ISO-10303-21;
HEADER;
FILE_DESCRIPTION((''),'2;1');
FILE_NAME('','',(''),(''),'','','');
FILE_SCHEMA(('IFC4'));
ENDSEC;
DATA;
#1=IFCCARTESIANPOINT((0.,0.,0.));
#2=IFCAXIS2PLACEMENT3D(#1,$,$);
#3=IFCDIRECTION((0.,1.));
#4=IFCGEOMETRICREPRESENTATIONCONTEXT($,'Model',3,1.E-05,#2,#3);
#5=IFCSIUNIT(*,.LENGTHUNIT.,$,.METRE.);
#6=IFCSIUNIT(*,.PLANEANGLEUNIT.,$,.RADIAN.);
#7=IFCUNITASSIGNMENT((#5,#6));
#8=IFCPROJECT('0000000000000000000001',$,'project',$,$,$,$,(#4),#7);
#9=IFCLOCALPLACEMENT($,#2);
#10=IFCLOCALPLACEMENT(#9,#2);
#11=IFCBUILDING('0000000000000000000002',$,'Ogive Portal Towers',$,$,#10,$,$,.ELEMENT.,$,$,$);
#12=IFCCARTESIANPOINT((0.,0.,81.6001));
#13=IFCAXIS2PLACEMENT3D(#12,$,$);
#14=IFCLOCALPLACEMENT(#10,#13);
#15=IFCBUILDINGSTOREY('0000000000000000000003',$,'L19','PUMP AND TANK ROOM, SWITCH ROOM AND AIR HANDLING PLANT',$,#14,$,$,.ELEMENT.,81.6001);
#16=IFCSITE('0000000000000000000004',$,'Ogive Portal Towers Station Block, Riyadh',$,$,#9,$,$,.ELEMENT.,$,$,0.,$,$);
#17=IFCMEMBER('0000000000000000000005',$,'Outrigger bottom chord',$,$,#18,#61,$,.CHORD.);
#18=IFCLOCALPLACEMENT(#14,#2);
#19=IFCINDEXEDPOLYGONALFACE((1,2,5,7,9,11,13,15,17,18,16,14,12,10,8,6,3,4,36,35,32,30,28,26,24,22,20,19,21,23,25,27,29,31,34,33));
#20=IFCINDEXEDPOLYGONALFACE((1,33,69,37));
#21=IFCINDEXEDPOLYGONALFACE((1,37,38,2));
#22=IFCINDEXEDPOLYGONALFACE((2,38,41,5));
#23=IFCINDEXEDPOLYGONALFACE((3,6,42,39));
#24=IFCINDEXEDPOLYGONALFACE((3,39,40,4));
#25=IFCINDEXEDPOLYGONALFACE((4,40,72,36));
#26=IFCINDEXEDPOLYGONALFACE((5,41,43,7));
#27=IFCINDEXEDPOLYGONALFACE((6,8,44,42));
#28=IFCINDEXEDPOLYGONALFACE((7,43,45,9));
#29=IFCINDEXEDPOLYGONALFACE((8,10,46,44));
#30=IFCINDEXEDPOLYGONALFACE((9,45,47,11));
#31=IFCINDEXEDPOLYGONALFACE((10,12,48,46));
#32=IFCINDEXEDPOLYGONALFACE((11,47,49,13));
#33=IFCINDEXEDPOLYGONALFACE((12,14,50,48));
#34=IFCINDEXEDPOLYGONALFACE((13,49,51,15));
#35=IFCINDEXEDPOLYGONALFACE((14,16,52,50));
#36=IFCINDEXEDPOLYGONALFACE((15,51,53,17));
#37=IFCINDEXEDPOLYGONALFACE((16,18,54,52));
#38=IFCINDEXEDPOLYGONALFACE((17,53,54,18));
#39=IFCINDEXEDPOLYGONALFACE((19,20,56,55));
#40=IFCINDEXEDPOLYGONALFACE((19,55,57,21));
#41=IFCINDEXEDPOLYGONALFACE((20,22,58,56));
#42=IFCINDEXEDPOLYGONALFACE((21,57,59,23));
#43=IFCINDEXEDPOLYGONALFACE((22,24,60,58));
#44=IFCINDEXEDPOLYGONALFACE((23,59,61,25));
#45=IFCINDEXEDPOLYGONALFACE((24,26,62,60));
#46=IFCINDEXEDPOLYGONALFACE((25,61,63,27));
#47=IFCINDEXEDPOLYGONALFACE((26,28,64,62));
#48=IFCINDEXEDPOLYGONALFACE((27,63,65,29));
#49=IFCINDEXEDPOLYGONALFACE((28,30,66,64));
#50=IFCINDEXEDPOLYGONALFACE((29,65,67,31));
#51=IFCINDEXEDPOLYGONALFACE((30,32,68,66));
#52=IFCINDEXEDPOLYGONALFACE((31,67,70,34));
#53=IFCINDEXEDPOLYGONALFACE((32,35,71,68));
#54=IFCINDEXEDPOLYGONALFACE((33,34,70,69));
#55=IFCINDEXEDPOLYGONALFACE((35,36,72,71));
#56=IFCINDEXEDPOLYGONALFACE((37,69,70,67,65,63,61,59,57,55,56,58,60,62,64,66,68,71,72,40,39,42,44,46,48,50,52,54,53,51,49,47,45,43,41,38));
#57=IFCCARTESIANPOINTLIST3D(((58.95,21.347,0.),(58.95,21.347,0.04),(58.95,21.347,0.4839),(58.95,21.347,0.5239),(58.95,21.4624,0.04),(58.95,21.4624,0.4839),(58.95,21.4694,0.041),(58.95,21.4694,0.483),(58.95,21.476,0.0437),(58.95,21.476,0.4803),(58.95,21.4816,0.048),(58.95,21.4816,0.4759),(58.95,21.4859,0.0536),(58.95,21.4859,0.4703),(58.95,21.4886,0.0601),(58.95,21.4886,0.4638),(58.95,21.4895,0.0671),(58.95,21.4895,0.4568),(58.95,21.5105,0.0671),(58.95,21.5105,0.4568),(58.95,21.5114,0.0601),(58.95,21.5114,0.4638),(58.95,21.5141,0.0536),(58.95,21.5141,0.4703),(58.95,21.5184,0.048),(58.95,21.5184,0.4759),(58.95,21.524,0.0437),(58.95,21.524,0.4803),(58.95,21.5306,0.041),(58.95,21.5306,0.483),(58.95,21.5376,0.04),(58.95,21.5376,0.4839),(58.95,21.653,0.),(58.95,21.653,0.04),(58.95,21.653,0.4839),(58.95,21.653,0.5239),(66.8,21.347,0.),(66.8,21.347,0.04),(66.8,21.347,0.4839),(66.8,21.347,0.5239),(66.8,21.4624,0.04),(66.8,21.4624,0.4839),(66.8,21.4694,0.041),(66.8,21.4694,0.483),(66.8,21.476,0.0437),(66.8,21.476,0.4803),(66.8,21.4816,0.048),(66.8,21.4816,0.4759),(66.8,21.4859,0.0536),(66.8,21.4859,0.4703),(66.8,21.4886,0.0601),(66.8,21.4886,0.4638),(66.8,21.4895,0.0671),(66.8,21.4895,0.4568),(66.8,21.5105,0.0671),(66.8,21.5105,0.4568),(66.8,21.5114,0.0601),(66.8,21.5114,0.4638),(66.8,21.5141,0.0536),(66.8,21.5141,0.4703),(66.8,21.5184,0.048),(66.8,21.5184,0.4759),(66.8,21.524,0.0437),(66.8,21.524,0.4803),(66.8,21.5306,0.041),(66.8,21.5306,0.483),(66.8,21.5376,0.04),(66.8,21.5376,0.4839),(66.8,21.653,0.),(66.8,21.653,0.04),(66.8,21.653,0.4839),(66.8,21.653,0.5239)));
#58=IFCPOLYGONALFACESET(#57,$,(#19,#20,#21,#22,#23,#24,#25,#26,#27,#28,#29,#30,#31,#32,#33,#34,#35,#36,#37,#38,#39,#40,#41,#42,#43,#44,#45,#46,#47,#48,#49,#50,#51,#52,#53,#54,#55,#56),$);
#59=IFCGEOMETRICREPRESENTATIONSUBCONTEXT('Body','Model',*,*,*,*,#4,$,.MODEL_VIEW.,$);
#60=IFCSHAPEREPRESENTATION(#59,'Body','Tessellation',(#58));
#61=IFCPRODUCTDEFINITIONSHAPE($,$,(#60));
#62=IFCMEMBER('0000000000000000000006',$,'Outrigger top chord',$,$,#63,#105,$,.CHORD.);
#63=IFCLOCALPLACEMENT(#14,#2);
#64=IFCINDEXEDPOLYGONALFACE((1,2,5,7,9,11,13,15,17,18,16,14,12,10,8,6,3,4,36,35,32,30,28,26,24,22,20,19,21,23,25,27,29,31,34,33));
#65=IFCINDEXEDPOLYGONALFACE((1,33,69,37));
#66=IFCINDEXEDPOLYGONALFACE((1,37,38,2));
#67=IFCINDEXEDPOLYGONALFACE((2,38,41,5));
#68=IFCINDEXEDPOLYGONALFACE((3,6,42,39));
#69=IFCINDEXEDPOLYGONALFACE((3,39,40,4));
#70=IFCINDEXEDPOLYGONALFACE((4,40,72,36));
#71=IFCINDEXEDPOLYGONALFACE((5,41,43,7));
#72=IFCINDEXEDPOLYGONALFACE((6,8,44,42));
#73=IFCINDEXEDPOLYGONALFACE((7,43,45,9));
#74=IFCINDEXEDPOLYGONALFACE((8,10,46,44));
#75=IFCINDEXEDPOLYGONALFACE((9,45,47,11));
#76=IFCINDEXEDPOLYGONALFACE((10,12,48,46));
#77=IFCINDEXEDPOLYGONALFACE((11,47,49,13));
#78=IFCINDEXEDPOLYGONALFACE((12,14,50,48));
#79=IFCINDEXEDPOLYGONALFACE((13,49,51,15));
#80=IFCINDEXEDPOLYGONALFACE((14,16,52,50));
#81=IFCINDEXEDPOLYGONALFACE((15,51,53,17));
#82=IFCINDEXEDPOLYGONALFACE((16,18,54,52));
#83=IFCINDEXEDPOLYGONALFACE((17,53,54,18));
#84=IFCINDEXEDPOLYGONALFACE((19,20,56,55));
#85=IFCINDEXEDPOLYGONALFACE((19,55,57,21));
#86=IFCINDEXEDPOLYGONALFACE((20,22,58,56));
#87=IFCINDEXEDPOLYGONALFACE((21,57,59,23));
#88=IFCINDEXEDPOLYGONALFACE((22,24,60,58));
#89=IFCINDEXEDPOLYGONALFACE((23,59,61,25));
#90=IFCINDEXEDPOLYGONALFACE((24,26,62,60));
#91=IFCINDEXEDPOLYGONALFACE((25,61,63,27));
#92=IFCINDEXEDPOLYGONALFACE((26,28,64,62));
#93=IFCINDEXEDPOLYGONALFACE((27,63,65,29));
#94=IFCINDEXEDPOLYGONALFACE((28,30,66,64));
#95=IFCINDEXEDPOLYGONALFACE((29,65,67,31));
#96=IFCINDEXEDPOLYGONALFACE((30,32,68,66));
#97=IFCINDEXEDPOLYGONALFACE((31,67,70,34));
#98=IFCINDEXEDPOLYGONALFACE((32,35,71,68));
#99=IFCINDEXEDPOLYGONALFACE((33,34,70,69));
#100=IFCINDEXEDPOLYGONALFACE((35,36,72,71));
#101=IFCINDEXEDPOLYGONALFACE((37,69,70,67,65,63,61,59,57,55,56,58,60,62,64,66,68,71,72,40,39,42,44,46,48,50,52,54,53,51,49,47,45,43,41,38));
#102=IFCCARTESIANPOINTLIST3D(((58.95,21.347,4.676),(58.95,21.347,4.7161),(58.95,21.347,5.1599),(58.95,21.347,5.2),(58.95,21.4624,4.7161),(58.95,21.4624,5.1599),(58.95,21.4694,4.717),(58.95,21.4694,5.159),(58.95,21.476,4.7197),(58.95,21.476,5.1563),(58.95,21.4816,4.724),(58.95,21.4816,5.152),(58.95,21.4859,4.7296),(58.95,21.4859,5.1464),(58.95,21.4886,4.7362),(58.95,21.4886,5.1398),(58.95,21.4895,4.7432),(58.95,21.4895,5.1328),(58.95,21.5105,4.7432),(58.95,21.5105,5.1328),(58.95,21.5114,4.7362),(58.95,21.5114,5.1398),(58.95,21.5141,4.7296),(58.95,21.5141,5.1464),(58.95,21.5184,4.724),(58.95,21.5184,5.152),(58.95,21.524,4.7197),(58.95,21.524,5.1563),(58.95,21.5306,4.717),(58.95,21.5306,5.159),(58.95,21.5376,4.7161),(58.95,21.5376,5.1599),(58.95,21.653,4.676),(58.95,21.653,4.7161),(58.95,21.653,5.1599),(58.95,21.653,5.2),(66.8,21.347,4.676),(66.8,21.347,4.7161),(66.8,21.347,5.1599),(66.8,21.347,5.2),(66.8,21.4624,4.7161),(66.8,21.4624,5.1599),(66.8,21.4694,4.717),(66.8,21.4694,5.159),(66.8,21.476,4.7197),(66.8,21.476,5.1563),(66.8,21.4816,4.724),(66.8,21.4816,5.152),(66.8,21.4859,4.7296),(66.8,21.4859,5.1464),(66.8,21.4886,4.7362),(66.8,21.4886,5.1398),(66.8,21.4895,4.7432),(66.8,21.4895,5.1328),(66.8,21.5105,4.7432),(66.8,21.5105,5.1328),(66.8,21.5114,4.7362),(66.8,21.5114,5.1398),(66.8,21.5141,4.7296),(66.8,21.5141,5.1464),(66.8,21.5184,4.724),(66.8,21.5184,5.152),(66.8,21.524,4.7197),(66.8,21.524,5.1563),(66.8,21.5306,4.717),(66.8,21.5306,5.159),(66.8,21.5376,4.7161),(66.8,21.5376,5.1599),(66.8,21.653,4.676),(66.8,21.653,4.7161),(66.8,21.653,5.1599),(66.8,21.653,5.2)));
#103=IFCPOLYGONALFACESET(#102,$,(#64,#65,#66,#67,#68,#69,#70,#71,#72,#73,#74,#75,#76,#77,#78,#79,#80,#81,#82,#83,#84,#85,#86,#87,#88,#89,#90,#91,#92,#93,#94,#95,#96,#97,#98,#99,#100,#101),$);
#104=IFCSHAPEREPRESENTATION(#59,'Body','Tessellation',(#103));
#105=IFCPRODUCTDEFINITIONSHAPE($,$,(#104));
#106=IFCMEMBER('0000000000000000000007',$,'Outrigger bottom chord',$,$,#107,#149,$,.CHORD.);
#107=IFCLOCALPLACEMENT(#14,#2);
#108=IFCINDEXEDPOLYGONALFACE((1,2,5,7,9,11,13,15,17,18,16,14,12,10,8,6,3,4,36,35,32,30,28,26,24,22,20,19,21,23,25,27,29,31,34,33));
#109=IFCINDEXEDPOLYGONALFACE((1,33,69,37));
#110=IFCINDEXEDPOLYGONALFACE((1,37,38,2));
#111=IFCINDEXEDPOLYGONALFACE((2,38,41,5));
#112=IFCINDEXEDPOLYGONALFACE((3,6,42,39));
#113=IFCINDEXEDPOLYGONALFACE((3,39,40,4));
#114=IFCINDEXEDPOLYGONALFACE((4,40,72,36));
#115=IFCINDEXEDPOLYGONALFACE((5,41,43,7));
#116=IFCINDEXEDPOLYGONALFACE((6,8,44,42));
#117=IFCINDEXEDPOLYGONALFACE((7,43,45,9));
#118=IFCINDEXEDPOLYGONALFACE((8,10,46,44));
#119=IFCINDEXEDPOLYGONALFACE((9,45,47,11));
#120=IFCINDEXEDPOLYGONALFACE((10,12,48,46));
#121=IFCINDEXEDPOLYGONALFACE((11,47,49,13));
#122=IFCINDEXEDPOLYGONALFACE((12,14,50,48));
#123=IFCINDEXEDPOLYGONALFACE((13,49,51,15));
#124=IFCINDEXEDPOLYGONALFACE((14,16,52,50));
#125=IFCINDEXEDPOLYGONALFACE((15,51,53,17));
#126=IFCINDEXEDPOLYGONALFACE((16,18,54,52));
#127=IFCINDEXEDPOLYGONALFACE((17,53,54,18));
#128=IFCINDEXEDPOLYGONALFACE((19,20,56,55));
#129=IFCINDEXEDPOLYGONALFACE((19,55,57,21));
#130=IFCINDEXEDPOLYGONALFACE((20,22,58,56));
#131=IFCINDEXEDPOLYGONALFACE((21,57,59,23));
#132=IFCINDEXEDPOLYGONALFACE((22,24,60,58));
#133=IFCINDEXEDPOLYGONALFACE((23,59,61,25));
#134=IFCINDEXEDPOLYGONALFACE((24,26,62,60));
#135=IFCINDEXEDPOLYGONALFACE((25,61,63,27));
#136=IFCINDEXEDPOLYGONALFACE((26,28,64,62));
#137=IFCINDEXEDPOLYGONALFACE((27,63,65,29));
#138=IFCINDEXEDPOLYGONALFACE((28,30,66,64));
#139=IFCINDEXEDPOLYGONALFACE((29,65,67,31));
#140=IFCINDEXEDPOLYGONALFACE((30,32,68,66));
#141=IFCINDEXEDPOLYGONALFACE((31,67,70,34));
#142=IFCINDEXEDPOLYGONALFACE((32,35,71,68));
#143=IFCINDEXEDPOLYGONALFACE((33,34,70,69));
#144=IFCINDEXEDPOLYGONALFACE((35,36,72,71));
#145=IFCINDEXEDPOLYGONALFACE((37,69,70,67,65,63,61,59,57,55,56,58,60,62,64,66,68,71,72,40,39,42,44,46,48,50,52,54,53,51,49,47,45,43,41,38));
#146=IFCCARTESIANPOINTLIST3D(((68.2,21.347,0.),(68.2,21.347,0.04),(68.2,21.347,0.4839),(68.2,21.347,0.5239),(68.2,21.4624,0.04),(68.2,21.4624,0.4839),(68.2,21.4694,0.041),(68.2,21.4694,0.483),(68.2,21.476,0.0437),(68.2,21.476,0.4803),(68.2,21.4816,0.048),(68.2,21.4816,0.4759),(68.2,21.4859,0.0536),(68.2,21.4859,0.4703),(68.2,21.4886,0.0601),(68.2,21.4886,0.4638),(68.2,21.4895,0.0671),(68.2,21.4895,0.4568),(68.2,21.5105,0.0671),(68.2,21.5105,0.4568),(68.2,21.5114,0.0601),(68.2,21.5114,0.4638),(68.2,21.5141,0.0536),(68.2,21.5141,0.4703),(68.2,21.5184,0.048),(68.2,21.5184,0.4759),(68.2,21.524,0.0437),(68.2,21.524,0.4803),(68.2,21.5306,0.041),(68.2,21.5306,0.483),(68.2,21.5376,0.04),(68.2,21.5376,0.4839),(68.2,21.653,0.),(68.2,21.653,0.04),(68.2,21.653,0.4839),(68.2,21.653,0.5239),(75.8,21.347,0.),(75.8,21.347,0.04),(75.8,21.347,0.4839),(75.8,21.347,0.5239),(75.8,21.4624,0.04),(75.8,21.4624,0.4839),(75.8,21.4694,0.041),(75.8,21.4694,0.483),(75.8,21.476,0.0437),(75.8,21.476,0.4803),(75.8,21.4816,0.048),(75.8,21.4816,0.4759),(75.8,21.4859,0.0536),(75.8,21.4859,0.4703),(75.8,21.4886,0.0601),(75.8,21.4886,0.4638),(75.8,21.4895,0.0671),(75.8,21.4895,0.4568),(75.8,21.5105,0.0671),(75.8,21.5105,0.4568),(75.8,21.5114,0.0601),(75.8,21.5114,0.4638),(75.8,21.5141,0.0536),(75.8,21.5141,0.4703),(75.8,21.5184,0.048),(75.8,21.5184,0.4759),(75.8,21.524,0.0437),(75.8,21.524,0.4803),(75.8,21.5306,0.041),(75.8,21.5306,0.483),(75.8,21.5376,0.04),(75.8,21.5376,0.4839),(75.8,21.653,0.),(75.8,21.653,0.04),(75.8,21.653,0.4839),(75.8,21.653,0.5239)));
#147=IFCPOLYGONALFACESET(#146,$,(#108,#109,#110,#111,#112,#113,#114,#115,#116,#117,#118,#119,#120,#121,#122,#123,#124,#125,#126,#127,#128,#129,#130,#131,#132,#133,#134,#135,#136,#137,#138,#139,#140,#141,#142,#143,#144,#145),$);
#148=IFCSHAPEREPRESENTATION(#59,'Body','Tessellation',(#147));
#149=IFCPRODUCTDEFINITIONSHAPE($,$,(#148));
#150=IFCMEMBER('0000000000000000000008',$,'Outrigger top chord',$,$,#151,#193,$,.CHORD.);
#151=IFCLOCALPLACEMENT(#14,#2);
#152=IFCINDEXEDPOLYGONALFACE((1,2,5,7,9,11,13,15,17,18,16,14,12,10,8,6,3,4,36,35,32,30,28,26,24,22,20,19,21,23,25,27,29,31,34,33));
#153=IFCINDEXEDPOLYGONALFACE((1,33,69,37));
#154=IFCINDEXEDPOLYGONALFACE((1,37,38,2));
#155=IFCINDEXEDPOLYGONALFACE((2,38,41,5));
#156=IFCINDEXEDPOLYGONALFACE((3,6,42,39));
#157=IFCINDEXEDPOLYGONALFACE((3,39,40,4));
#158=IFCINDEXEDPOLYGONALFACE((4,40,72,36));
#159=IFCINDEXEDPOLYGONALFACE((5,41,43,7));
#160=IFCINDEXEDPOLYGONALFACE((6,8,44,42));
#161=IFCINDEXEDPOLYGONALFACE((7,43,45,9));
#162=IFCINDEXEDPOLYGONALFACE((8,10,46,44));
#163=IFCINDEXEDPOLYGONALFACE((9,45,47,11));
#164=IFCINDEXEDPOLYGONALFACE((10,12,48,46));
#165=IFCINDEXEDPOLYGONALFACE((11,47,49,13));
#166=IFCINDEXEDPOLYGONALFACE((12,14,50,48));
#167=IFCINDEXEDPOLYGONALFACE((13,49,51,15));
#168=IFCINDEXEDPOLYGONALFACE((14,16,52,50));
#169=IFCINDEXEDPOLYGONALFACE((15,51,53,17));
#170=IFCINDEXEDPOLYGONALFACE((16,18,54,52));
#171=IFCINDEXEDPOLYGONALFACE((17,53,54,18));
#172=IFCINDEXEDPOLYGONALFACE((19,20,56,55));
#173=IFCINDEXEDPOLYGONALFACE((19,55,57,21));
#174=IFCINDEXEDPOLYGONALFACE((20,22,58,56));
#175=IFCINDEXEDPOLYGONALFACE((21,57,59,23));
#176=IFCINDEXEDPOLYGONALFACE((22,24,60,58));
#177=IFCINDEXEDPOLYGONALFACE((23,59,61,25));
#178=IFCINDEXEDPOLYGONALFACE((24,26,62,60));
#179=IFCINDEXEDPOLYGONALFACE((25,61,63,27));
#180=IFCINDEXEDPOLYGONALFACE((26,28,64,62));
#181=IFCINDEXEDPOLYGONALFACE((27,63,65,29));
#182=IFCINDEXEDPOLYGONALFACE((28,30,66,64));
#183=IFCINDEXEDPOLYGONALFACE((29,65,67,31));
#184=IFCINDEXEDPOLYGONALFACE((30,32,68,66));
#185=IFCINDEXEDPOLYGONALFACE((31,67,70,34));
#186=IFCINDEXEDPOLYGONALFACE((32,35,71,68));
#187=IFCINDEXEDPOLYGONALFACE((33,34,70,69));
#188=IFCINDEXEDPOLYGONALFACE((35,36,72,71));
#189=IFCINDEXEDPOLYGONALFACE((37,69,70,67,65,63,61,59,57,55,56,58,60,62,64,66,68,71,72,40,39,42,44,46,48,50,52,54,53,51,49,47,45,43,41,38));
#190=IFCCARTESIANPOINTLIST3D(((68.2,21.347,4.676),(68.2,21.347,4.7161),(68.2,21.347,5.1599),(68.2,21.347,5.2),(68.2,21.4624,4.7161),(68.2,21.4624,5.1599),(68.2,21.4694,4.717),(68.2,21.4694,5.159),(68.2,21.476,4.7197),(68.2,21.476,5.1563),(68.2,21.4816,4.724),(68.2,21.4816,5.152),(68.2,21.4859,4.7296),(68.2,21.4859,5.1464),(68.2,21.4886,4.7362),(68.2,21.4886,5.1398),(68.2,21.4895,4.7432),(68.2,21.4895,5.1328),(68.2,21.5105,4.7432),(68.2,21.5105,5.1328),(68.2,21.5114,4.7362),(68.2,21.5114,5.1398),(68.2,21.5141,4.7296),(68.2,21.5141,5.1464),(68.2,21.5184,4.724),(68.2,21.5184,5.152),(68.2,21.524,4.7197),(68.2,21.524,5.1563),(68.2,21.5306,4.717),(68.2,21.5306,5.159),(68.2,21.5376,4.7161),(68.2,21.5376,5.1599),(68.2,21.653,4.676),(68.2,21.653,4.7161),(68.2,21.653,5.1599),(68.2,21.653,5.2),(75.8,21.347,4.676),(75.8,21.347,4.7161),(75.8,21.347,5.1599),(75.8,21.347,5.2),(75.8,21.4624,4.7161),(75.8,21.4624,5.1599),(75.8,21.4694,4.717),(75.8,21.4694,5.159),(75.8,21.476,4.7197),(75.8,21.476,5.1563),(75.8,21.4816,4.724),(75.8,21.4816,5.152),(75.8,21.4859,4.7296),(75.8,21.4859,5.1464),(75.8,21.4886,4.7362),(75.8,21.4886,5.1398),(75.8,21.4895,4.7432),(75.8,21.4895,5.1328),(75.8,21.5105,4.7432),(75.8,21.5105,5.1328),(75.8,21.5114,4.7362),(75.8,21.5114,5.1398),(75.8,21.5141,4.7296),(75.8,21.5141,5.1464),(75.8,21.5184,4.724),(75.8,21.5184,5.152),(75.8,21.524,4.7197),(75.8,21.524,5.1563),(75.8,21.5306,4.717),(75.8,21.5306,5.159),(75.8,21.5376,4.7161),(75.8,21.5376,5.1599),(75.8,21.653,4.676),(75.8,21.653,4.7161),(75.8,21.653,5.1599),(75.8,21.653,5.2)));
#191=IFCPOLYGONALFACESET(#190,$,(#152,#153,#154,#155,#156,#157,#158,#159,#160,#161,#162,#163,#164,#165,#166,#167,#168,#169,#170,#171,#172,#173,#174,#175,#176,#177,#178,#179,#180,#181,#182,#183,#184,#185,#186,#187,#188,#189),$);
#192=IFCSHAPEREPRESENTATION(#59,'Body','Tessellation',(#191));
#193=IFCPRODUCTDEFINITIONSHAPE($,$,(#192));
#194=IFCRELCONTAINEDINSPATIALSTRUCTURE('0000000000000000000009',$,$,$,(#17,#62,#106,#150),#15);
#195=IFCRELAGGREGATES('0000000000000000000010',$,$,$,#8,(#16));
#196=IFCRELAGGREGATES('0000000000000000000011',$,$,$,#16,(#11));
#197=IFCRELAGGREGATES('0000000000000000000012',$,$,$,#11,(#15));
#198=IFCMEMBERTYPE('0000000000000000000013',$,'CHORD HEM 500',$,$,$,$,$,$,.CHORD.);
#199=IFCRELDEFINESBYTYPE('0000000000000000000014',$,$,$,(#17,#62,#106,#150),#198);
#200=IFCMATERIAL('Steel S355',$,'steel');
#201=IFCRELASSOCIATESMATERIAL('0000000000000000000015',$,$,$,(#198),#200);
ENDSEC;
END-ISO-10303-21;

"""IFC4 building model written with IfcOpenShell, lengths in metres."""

from ifc_helpers import new_model, si_unit, direction, frame, origin, origin_2d, place, context, subcontext, project, spatial, i_section, extrude, material, material_profile, profile_set, type_object, element, save


model = new_model("IFC4")

# Units and contexts
model_context = context("Model", 3, precision=1e-05, world=origin(), true_north=direction((0.0, 1.0)))
body_context = subcontext(model_context, "Body", "Model", "MODEL_VIEW")
ifc_project = project(units=[si_unit("LENGTHUNIT", "METRE"), si_unit("PLANEANGLEUNIT", "RADIAN")], contexts=[model_context])

# Site, building, storey
site_placement = place(None, origin())
site = spatial("IfcSite", under=ifc_project, at=site_placement, Name="Ogive Portal Towers Station Block, Riyadh", CompositionType="ELEMENT", RefElevation=0.0)
building_placement = place(site_placement, origin())
building = spatial("IfcBuilding", under=site, at=building_placement, Name="Ogive Portal Towers", CompositionType="ELEMENT")
storey_placement = place(building_placement, frame((0.0, 0.0, 81.6001)))
storey = spatial("IfcBuildingStorey", under=building, at=storey_placement, Name="L19", Description="PUMP AND TANK ROOM, SWITCH ROOM AND AIR HANDLING PLANT", CompositionType="ELEMENT", Elevation=81.6001)

# Members
ifc_material_1 = material(Name="Steel S355", Category="steel")
ifc_material_profile_1 = material_profile(ifc_material_1, i_section(OverallWidth=0.3059, OverallDepth=0.5239, WebThickness=0.021, FlangeThickness=0.04, FilletRadius=0.0271, at=origin_2d()), Name="HEM 500")
ifc_profile_set_1 = profile_set([ifc_material_profile_1], Name="Steel S355")
member_type_1 = type_object("IfcMemberType", Name="CHORD HEM 500", PredefinedType="CHORD", material=ifc_profile_set_1)
for number, where, z_axis, x_axis, name in (
    (1, (58.95, 21.5, 0.262), (1.0, 0.0, 0.0), (0.0, 1.0, 0.0), "Outrigger bottom chord"),
    (2, (58.95, 21.5, 4.938), (1.0, 0.0, 0.0), (0.0, 1.0, 0.0), "Outrigger top chord"),
):
    element("IfcMember", number, at=place(storey_placement, frame(where, z_axis=z_axis, x_axis=x_axis)), inside=storey, type_object=member_type_1, Name=name, PredefinedType="CHORD", context=body_context, shape_type="SweptSolid", body=[
        extrude(i_section(OverallWidth=0.3059, OverallDepth=0.5239, WebThickness=0.021, FlangeThickness=0.04, FilletRadius=0.0271, at=origin_2d()), origin(), (0.0, 0.0, 1.0), 7.8501),
    ])
for number, where, z_axis, x_axis, name in (
    (3, (68.2, 21.5, 0.262), (1.0, 0.0, 0.0), (0.0, 1.0, 0.0), "Outrigger bottom chord"),
    (4, (68.2, 21.5, 4.938), (1.0, 0.0, 0.0), (0.0, 1.0, 0.0), "Outrigger top chord"),
):
    element("IfcMember", number, at=place(storey_placement, frame(where, z_axis=z_axis, x_axis=x_axis)), inside=storey, type_object=member_type_1, Name=name, PredefinedType="CHORD", context=body_context, shape_type="SweptSolid", body=[
        extrude(i_section(OverallWidth=0.3059, OverallDepth=0.5239, WebThickness=0.021, FlangeThickness=0.04, FilletRadius=0.0271, at=origin_2d()), origin(), (0.0, 0.0, 1.0), 7.6001),
    ])

save(model, "model.ifc")
